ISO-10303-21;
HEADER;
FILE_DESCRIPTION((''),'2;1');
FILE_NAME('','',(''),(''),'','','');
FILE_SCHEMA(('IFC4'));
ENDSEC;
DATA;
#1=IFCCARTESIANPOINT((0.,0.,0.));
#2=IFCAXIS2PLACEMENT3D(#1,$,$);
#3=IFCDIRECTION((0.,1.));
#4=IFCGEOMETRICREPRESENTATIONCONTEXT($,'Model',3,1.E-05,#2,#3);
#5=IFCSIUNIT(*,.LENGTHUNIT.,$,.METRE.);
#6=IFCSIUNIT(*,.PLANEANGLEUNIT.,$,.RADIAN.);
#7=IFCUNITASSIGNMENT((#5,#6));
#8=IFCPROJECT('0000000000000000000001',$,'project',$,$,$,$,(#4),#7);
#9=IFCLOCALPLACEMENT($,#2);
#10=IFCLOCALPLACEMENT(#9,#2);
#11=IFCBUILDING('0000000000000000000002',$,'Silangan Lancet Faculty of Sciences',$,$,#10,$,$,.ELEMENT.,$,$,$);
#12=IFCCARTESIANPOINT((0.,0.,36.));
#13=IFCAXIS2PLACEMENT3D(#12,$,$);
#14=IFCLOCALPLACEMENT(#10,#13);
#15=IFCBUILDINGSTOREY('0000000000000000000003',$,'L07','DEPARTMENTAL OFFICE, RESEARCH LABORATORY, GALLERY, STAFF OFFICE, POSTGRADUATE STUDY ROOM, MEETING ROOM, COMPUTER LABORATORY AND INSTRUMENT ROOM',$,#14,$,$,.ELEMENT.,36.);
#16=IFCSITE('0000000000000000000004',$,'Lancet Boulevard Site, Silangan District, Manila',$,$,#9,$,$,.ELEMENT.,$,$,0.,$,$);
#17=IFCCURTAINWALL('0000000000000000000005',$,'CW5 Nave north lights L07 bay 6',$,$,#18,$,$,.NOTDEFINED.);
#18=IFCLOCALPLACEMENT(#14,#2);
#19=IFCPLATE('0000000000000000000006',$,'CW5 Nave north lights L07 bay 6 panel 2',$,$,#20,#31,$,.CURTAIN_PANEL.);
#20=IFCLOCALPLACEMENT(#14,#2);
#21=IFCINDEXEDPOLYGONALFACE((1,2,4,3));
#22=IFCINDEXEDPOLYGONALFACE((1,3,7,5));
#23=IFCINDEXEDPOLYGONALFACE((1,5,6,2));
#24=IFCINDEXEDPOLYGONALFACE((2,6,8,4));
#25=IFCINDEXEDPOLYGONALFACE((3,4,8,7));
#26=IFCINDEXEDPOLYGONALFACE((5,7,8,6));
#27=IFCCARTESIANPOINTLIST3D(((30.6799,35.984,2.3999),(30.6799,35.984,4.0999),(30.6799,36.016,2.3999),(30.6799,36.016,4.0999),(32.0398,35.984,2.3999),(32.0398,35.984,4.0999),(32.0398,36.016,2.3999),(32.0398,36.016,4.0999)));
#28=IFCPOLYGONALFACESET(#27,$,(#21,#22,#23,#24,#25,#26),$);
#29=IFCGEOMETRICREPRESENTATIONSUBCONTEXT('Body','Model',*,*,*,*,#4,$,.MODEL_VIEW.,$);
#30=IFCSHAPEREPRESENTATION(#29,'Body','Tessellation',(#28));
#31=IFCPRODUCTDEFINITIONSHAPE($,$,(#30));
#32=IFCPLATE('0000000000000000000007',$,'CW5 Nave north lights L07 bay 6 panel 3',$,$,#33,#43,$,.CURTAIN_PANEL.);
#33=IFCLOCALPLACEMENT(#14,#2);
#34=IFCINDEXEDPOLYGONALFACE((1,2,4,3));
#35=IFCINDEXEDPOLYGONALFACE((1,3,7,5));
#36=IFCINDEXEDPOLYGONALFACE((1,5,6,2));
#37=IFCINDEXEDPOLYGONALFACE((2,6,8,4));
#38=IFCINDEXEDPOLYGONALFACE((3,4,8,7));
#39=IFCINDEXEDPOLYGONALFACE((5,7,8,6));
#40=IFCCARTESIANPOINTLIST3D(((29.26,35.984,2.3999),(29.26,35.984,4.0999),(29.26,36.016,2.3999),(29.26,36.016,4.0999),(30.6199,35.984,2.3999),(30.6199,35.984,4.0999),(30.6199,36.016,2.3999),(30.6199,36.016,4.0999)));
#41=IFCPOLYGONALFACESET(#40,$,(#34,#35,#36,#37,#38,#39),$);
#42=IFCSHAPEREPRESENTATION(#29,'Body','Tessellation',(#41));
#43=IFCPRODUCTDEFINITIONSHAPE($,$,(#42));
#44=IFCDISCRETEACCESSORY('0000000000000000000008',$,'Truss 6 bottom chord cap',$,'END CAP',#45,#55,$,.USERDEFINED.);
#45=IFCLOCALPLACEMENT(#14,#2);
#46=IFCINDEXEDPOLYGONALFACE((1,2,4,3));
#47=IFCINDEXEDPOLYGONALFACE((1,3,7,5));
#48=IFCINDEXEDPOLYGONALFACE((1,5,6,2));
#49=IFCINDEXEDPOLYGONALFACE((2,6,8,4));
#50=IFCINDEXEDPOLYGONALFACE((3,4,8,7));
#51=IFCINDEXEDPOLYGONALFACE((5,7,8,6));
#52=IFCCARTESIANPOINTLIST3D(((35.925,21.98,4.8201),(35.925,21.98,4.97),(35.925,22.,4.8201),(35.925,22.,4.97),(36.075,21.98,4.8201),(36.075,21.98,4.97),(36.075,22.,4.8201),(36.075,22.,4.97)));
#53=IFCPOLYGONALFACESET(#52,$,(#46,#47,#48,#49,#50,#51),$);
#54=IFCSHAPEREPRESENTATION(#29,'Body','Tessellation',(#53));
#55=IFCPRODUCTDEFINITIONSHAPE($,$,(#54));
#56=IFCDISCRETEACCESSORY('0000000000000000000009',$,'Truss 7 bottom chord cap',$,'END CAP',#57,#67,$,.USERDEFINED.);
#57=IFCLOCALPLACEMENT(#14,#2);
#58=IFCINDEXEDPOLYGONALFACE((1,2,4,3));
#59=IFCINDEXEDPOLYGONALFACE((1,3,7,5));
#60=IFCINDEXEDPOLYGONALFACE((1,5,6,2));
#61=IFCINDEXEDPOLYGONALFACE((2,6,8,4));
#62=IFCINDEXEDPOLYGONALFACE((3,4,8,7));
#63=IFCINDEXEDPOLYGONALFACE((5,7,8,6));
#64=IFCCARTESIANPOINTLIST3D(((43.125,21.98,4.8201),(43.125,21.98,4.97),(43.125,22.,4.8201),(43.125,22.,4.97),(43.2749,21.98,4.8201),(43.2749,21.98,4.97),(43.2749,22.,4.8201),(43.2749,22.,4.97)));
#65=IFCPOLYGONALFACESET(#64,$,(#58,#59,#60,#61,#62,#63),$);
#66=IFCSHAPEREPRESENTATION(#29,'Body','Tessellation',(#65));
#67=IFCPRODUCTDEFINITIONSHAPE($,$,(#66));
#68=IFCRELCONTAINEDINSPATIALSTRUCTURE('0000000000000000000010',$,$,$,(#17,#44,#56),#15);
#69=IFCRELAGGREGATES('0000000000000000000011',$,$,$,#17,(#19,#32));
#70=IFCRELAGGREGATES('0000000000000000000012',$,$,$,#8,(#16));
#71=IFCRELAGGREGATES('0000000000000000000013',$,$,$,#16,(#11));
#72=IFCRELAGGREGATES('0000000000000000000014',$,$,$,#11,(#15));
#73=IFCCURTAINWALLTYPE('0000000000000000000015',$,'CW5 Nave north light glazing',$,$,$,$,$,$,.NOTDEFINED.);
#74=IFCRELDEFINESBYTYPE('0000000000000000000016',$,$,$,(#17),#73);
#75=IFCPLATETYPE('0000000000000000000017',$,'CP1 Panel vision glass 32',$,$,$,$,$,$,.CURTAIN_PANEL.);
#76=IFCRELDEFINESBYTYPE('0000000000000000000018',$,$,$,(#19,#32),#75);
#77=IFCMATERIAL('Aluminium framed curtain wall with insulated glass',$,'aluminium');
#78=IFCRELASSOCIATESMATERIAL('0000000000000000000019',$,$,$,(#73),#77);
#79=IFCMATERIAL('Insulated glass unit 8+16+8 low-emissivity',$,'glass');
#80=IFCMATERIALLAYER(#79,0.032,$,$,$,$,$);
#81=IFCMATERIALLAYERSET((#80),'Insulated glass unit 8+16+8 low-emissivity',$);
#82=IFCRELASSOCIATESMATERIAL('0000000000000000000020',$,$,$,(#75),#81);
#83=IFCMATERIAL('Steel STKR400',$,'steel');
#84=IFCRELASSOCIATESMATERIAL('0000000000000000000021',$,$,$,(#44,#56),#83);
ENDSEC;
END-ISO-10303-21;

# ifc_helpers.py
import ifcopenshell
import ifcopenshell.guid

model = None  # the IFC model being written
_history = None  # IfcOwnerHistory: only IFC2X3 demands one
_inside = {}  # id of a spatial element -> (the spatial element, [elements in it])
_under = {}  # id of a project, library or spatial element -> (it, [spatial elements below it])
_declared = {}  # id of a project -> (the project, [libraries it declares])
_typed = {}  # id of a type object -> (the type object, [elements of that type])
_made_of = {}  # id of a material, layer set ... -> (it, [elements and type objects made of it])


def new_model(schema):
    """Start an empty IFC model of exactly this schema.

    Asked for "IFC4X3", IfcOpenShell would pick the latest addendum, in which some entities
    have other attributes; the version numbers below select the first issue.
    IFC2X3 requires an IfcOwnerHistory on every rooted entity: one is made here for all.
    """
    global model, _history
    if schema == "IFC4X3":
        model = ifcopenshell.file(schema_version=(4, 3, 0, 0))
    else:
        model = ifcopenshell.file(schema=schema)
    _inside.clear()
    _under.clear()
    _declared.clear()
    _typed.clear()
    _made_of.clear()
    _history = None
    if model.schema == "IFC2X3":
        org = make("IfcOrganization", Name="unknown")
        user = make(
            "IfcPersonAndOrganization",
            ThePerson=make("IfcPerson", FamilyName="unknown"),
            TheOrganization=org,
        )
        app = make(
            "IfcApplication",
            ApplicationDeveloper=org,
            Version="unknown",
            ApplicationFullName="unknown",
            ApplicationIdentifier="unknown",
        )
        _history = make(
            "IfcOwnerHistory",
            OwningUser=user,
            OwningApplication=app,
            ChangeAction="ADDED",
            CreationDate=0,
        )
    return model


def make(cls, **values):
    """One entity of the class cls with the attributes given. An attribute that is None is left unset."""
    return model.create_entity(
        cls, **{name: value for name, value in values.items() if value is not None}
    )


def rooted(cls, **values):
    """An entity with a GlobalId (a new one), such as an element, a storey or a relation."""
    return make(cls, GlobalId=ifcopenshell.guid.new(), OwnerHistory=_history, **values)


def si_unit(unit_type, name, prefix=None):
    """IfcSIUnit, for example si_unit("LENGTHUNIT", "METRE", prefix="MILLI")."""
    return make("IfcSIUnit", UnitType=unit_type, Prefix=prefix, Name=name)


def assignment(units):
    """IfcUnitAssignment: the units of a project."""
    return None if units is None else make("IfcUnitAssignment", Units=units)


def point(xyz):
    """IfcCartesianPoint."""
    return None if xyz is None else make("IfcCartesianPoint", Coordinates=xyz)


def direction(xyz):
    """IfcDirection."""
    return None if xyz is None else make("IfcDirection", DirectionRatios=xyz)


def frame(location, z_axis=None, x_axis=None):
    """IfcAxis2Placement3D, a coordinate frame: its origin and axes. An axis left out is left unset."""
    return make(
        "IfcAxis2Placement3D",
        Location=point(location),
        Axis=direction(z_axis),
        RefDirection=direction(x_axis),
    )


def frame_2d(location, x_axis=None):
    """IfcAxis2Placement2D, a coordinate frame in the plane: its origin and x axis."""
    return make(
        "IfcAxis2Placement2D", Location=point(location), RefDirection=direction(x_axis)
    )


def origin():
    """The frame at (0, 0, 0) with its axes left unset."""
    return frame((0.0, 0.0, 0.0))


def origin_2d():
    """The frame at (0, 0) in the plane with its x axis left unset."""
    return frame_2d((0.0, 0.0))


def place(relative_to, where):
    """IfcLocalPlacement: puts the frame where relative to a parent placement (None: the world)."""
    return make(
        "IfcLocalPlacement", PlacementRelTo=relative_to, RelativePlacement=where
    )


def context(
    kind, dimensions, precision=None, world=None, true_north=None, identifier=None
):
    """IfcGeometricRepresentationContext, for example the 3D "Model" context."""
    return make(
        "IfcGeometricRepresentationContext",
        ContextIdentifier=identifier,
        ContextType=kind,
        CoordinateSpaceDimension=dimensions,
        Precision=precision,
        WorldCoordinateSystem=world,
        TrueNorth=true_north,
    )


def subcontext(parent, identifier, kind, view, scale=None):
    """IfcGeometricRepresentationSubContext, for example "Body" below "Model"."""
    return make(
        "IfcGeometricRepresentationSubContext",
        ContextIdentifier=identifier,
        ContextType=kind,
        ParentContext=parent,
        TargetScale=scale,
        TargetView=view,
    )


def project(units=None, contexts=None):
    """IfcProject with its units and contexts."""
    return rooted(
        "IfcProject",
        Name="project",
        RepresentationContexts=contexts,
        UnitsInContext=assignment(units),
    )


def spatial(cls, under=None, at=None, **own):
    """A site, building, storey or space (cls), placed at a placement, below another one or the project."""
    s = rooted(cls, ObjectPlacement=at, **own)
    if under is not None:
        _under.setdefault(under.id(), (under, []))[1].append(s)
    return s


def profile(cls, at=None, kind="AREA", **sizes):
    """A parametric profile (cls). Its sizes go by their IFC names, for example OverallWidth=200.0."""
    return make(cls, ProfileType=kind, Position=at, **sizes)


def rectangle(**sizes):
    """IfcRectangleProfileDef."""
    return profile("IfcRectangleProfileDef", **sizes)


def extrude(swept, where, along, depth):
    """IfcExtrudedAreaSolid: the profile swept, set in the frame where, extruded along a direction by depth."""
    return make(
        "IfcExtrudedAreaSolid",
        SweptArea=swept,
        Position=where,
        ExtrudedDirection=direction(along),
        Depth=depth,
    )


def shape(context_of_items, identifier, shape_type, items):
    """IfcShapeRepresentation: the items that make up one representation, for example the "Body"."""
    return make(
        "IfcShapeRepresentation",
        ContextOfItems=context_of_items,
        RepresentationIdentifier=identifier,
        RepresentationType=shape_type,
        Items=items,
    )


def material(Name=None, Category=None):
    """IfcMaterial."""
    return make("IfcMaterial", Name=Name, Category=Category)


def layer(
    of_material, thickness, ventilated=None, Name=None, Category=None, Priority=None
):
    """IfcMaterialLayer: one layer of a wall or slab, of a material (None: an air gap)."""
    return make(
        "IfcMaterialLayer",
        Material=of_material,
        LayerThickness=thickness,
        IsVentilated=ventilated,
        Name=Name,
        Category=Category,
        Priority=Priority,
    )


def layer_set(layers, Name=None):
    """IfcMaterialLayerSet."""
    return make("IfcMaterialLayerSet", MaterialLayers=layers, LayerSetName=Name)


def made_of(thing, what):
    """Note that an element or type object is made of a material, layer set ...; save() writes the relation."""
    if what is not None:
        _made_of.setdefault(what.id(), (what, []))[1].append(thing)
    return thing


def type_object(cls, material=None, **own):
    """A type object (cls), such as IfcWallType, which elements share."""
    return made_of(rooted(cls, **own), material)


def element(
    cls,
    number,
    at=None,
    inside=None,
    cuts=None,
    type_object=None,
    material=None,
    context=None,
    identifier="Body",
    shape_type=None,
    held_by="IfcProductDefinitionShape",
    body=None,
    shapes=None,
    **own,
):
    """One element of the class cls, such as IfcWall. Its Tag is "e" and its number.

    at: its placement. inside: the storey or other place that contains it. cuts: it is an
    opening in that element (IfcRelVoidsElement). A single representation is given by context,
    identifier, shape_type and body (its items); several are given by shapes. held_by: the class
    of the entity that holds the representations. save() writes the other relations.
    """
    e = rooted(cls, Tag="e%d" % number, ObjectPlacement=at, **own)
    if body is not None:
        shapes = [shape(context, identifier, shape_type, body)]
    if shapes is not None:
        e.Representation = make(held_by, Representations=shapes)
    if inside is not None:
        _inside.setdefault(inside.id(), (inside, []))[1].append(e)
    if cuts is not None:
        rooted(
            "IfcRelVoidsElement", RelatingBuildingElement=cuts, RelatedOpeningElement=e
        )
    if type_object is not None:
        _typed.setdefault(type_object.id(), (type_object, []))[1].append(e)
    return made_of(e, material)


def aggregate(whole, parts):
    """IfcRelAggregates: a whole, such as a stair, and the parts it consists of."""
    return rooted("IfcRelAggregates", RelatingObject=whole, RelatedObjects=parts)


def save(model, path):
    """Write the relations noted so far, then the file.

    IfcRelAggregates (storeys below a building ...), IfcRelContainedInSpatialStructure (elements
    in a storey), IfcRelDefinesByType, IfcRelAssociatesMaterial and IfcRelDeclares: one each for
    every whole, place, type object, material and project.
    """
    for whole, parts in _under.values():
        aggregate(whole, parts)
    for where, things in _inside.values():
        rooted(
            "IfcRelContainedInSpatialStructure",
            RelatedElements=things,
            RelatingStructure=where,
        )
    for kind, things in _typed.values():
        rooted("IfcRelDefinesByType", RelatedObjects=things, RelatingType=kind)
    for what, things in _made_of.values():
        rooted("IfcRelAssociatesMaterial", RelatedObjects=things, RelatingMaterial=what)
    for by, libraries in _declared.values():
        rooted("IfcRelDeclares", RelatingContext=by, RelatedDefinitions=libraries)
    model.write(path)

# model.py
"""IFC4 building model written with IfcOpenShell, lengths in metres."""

from ifc_helpers import new_model, si_unit, direction, frame, origin, origin_2d, place, context, subcontext, project, spatial, rectangle, extrude, material, layer, layer_set, type_object, element, aggregate, save


model = new_model("IFC4")

# Units and contexts
model_context = context("Model", 3, precision=1e-05, world=origin(), true_north=direction((0.0, 1.0)))
body_context = subcontext(model_context, "Body", "Model", "MODEL_VIEW")
ifc_project = project(units=[si_unit("LENGTHUNIT", "METRE"), si_unit("PLANEANGLEUNIT", "RADIAN")], contexts=[model_context])

# Site, building, storey
site_placement = place(None, origin())
site = spatial("IfcSite", under=ifc_project, at=site_placement, Name="Lancet Boulevard Site, Silangan District, Manila", CompositionType="ELEMENT", RefElevation=0.0)
building_placement = place(site_placement, origin())
building = spatial("IfcBuilding", under=site, at=building_placement, Name="Silangan Lancet Faculty of Sciences", CompositionType="ELEMENT")
storey_placement = place(building_placement, frame((0.0, 0.0, 36.0)))
storey = spatial("IfcBuildingStorey", under=building, at=storey_placement, Name="L07", Description="DEPARTMENTAL OFFICE, RESEARCH LABORATORY, GALLERY, STAFF OFFICE, POSTGRADUATE STUDY ROOM, MEETING ROOM, COMPUTER LABORATORY AND INSTRUMENT ROOM", CompositionType="ELEMENT", Elevation=36.0)

# Curtain wall
ifc_material_1 = material(Name="Aluminium framed curtain wall with insulated glass", Category="aluminium")
curtain_wall_type = type_object("IfcCurtainWallType", Name="CW5 Nave north light glazing", PredefinedType="NOTDEFINED", material=ifc_material_1)
curtain_wall_1_placement = place(storey_placement, origin())
curtain_wall_1 = element("IfcCurtainWall", 1, at=curtain_wall_1_placement, inside=storey, type_object=curtain_wall_type, Name="CW5 Nave north lights L07 bay 6", PredefinedType="NOTDEFINED")

# Plates
ifc_material_2 = material(Name="Insulated glass unit 8+16+8 low-emissivity", Category="glass")
ifc_layer = layer(ifc_material_2, 0.032)
ifc_layer_set = layer_set([ifc_layer], Name="Insulated glass unit 8+16+8 low-emissivity")
plate_type = type_object("IfcPlateType", Name="CP1 Panel vision glass 32", PredefinedType="CURTAIN_PANEL", material=ifc_layer_set)
plate_1_placement = place(storey_placement, frame((31.3599, 36.0, 2.3999), z_axis=(0.0, 0.0, 1.0), x_axis=(-1.0, 0.0, 0.0)))
plate_1 = element("IfcPlate", 2, at=plate_1_placement, type_object=plate_type, Name="CW5 Nave north lights L07 bay 6 panel 2", PredefinedType="CURTAIN_PANEL", context=body_context, shape_type="SweptSolid", body=[
    extrude(rectangle(XDim=1.3599, YDim=0.032, at=origin_2d()), origin(), (0.0, 0.0, 1.0), 1.7),
])
plate_2_placement = place(storey_placement, frame((29.9399, 36.0, 2.3999), z_axis=(0.0, 0.0, 1.0), x_axis=(-1.0, 0.0, 0.0)))
plate_2 = element("IfcPlate", 3, at=plate_2_placement, type_object=plate_type, Name="CW5 Nave north lights L07 bay 6 panel 3", PredefinedType="CURTAIN_PANEL", context=body_context, shape_type="SweptSolid", body=[
    extrude(rectangle(XDim=1.3599, YDim=0.032, at=origin_2d()), origin(), (0.0, 0.0, 1.0), 1.7),
])
aggregate(curtain_wall_1, [plate_1, plate_2])

# Discrete accessories
ifc_material_3 = material(Name="Steel STKR400", Category="steel")
for number, where, z_axis, x_axis, name in (
    (4, (36.0, 21.99, 4.8201), (0.0, 0.0, 1.0), (1.0, 0.0, 0.0), "Truss 6 bottom chord cap"),
    (5, (43.2, 21.99, 4.8201), (0.0, 0.0, 1.0), (1.0, 0.0, 0.0), "Truss 7 bottom chord cap"),
):
    element("IfcDiscreteAccessory", number, at=place(storey_placement, frame(where, z_axis=z_axis, x_axis=x_axis)), inside=storey, material=ifc_material_3, Name=name, ObjectType="END CAP", PredefinedType="USERDEFINED", context=body_context, shape_type="SweptSolid", body=[
        extrude(rectangle(XDim=0.1499, YDim=0.02, at=origin_2d()), origin(), (0.0, 0.0, 1.0), 0.1499),
    ])

save(model, "model.ifc")
